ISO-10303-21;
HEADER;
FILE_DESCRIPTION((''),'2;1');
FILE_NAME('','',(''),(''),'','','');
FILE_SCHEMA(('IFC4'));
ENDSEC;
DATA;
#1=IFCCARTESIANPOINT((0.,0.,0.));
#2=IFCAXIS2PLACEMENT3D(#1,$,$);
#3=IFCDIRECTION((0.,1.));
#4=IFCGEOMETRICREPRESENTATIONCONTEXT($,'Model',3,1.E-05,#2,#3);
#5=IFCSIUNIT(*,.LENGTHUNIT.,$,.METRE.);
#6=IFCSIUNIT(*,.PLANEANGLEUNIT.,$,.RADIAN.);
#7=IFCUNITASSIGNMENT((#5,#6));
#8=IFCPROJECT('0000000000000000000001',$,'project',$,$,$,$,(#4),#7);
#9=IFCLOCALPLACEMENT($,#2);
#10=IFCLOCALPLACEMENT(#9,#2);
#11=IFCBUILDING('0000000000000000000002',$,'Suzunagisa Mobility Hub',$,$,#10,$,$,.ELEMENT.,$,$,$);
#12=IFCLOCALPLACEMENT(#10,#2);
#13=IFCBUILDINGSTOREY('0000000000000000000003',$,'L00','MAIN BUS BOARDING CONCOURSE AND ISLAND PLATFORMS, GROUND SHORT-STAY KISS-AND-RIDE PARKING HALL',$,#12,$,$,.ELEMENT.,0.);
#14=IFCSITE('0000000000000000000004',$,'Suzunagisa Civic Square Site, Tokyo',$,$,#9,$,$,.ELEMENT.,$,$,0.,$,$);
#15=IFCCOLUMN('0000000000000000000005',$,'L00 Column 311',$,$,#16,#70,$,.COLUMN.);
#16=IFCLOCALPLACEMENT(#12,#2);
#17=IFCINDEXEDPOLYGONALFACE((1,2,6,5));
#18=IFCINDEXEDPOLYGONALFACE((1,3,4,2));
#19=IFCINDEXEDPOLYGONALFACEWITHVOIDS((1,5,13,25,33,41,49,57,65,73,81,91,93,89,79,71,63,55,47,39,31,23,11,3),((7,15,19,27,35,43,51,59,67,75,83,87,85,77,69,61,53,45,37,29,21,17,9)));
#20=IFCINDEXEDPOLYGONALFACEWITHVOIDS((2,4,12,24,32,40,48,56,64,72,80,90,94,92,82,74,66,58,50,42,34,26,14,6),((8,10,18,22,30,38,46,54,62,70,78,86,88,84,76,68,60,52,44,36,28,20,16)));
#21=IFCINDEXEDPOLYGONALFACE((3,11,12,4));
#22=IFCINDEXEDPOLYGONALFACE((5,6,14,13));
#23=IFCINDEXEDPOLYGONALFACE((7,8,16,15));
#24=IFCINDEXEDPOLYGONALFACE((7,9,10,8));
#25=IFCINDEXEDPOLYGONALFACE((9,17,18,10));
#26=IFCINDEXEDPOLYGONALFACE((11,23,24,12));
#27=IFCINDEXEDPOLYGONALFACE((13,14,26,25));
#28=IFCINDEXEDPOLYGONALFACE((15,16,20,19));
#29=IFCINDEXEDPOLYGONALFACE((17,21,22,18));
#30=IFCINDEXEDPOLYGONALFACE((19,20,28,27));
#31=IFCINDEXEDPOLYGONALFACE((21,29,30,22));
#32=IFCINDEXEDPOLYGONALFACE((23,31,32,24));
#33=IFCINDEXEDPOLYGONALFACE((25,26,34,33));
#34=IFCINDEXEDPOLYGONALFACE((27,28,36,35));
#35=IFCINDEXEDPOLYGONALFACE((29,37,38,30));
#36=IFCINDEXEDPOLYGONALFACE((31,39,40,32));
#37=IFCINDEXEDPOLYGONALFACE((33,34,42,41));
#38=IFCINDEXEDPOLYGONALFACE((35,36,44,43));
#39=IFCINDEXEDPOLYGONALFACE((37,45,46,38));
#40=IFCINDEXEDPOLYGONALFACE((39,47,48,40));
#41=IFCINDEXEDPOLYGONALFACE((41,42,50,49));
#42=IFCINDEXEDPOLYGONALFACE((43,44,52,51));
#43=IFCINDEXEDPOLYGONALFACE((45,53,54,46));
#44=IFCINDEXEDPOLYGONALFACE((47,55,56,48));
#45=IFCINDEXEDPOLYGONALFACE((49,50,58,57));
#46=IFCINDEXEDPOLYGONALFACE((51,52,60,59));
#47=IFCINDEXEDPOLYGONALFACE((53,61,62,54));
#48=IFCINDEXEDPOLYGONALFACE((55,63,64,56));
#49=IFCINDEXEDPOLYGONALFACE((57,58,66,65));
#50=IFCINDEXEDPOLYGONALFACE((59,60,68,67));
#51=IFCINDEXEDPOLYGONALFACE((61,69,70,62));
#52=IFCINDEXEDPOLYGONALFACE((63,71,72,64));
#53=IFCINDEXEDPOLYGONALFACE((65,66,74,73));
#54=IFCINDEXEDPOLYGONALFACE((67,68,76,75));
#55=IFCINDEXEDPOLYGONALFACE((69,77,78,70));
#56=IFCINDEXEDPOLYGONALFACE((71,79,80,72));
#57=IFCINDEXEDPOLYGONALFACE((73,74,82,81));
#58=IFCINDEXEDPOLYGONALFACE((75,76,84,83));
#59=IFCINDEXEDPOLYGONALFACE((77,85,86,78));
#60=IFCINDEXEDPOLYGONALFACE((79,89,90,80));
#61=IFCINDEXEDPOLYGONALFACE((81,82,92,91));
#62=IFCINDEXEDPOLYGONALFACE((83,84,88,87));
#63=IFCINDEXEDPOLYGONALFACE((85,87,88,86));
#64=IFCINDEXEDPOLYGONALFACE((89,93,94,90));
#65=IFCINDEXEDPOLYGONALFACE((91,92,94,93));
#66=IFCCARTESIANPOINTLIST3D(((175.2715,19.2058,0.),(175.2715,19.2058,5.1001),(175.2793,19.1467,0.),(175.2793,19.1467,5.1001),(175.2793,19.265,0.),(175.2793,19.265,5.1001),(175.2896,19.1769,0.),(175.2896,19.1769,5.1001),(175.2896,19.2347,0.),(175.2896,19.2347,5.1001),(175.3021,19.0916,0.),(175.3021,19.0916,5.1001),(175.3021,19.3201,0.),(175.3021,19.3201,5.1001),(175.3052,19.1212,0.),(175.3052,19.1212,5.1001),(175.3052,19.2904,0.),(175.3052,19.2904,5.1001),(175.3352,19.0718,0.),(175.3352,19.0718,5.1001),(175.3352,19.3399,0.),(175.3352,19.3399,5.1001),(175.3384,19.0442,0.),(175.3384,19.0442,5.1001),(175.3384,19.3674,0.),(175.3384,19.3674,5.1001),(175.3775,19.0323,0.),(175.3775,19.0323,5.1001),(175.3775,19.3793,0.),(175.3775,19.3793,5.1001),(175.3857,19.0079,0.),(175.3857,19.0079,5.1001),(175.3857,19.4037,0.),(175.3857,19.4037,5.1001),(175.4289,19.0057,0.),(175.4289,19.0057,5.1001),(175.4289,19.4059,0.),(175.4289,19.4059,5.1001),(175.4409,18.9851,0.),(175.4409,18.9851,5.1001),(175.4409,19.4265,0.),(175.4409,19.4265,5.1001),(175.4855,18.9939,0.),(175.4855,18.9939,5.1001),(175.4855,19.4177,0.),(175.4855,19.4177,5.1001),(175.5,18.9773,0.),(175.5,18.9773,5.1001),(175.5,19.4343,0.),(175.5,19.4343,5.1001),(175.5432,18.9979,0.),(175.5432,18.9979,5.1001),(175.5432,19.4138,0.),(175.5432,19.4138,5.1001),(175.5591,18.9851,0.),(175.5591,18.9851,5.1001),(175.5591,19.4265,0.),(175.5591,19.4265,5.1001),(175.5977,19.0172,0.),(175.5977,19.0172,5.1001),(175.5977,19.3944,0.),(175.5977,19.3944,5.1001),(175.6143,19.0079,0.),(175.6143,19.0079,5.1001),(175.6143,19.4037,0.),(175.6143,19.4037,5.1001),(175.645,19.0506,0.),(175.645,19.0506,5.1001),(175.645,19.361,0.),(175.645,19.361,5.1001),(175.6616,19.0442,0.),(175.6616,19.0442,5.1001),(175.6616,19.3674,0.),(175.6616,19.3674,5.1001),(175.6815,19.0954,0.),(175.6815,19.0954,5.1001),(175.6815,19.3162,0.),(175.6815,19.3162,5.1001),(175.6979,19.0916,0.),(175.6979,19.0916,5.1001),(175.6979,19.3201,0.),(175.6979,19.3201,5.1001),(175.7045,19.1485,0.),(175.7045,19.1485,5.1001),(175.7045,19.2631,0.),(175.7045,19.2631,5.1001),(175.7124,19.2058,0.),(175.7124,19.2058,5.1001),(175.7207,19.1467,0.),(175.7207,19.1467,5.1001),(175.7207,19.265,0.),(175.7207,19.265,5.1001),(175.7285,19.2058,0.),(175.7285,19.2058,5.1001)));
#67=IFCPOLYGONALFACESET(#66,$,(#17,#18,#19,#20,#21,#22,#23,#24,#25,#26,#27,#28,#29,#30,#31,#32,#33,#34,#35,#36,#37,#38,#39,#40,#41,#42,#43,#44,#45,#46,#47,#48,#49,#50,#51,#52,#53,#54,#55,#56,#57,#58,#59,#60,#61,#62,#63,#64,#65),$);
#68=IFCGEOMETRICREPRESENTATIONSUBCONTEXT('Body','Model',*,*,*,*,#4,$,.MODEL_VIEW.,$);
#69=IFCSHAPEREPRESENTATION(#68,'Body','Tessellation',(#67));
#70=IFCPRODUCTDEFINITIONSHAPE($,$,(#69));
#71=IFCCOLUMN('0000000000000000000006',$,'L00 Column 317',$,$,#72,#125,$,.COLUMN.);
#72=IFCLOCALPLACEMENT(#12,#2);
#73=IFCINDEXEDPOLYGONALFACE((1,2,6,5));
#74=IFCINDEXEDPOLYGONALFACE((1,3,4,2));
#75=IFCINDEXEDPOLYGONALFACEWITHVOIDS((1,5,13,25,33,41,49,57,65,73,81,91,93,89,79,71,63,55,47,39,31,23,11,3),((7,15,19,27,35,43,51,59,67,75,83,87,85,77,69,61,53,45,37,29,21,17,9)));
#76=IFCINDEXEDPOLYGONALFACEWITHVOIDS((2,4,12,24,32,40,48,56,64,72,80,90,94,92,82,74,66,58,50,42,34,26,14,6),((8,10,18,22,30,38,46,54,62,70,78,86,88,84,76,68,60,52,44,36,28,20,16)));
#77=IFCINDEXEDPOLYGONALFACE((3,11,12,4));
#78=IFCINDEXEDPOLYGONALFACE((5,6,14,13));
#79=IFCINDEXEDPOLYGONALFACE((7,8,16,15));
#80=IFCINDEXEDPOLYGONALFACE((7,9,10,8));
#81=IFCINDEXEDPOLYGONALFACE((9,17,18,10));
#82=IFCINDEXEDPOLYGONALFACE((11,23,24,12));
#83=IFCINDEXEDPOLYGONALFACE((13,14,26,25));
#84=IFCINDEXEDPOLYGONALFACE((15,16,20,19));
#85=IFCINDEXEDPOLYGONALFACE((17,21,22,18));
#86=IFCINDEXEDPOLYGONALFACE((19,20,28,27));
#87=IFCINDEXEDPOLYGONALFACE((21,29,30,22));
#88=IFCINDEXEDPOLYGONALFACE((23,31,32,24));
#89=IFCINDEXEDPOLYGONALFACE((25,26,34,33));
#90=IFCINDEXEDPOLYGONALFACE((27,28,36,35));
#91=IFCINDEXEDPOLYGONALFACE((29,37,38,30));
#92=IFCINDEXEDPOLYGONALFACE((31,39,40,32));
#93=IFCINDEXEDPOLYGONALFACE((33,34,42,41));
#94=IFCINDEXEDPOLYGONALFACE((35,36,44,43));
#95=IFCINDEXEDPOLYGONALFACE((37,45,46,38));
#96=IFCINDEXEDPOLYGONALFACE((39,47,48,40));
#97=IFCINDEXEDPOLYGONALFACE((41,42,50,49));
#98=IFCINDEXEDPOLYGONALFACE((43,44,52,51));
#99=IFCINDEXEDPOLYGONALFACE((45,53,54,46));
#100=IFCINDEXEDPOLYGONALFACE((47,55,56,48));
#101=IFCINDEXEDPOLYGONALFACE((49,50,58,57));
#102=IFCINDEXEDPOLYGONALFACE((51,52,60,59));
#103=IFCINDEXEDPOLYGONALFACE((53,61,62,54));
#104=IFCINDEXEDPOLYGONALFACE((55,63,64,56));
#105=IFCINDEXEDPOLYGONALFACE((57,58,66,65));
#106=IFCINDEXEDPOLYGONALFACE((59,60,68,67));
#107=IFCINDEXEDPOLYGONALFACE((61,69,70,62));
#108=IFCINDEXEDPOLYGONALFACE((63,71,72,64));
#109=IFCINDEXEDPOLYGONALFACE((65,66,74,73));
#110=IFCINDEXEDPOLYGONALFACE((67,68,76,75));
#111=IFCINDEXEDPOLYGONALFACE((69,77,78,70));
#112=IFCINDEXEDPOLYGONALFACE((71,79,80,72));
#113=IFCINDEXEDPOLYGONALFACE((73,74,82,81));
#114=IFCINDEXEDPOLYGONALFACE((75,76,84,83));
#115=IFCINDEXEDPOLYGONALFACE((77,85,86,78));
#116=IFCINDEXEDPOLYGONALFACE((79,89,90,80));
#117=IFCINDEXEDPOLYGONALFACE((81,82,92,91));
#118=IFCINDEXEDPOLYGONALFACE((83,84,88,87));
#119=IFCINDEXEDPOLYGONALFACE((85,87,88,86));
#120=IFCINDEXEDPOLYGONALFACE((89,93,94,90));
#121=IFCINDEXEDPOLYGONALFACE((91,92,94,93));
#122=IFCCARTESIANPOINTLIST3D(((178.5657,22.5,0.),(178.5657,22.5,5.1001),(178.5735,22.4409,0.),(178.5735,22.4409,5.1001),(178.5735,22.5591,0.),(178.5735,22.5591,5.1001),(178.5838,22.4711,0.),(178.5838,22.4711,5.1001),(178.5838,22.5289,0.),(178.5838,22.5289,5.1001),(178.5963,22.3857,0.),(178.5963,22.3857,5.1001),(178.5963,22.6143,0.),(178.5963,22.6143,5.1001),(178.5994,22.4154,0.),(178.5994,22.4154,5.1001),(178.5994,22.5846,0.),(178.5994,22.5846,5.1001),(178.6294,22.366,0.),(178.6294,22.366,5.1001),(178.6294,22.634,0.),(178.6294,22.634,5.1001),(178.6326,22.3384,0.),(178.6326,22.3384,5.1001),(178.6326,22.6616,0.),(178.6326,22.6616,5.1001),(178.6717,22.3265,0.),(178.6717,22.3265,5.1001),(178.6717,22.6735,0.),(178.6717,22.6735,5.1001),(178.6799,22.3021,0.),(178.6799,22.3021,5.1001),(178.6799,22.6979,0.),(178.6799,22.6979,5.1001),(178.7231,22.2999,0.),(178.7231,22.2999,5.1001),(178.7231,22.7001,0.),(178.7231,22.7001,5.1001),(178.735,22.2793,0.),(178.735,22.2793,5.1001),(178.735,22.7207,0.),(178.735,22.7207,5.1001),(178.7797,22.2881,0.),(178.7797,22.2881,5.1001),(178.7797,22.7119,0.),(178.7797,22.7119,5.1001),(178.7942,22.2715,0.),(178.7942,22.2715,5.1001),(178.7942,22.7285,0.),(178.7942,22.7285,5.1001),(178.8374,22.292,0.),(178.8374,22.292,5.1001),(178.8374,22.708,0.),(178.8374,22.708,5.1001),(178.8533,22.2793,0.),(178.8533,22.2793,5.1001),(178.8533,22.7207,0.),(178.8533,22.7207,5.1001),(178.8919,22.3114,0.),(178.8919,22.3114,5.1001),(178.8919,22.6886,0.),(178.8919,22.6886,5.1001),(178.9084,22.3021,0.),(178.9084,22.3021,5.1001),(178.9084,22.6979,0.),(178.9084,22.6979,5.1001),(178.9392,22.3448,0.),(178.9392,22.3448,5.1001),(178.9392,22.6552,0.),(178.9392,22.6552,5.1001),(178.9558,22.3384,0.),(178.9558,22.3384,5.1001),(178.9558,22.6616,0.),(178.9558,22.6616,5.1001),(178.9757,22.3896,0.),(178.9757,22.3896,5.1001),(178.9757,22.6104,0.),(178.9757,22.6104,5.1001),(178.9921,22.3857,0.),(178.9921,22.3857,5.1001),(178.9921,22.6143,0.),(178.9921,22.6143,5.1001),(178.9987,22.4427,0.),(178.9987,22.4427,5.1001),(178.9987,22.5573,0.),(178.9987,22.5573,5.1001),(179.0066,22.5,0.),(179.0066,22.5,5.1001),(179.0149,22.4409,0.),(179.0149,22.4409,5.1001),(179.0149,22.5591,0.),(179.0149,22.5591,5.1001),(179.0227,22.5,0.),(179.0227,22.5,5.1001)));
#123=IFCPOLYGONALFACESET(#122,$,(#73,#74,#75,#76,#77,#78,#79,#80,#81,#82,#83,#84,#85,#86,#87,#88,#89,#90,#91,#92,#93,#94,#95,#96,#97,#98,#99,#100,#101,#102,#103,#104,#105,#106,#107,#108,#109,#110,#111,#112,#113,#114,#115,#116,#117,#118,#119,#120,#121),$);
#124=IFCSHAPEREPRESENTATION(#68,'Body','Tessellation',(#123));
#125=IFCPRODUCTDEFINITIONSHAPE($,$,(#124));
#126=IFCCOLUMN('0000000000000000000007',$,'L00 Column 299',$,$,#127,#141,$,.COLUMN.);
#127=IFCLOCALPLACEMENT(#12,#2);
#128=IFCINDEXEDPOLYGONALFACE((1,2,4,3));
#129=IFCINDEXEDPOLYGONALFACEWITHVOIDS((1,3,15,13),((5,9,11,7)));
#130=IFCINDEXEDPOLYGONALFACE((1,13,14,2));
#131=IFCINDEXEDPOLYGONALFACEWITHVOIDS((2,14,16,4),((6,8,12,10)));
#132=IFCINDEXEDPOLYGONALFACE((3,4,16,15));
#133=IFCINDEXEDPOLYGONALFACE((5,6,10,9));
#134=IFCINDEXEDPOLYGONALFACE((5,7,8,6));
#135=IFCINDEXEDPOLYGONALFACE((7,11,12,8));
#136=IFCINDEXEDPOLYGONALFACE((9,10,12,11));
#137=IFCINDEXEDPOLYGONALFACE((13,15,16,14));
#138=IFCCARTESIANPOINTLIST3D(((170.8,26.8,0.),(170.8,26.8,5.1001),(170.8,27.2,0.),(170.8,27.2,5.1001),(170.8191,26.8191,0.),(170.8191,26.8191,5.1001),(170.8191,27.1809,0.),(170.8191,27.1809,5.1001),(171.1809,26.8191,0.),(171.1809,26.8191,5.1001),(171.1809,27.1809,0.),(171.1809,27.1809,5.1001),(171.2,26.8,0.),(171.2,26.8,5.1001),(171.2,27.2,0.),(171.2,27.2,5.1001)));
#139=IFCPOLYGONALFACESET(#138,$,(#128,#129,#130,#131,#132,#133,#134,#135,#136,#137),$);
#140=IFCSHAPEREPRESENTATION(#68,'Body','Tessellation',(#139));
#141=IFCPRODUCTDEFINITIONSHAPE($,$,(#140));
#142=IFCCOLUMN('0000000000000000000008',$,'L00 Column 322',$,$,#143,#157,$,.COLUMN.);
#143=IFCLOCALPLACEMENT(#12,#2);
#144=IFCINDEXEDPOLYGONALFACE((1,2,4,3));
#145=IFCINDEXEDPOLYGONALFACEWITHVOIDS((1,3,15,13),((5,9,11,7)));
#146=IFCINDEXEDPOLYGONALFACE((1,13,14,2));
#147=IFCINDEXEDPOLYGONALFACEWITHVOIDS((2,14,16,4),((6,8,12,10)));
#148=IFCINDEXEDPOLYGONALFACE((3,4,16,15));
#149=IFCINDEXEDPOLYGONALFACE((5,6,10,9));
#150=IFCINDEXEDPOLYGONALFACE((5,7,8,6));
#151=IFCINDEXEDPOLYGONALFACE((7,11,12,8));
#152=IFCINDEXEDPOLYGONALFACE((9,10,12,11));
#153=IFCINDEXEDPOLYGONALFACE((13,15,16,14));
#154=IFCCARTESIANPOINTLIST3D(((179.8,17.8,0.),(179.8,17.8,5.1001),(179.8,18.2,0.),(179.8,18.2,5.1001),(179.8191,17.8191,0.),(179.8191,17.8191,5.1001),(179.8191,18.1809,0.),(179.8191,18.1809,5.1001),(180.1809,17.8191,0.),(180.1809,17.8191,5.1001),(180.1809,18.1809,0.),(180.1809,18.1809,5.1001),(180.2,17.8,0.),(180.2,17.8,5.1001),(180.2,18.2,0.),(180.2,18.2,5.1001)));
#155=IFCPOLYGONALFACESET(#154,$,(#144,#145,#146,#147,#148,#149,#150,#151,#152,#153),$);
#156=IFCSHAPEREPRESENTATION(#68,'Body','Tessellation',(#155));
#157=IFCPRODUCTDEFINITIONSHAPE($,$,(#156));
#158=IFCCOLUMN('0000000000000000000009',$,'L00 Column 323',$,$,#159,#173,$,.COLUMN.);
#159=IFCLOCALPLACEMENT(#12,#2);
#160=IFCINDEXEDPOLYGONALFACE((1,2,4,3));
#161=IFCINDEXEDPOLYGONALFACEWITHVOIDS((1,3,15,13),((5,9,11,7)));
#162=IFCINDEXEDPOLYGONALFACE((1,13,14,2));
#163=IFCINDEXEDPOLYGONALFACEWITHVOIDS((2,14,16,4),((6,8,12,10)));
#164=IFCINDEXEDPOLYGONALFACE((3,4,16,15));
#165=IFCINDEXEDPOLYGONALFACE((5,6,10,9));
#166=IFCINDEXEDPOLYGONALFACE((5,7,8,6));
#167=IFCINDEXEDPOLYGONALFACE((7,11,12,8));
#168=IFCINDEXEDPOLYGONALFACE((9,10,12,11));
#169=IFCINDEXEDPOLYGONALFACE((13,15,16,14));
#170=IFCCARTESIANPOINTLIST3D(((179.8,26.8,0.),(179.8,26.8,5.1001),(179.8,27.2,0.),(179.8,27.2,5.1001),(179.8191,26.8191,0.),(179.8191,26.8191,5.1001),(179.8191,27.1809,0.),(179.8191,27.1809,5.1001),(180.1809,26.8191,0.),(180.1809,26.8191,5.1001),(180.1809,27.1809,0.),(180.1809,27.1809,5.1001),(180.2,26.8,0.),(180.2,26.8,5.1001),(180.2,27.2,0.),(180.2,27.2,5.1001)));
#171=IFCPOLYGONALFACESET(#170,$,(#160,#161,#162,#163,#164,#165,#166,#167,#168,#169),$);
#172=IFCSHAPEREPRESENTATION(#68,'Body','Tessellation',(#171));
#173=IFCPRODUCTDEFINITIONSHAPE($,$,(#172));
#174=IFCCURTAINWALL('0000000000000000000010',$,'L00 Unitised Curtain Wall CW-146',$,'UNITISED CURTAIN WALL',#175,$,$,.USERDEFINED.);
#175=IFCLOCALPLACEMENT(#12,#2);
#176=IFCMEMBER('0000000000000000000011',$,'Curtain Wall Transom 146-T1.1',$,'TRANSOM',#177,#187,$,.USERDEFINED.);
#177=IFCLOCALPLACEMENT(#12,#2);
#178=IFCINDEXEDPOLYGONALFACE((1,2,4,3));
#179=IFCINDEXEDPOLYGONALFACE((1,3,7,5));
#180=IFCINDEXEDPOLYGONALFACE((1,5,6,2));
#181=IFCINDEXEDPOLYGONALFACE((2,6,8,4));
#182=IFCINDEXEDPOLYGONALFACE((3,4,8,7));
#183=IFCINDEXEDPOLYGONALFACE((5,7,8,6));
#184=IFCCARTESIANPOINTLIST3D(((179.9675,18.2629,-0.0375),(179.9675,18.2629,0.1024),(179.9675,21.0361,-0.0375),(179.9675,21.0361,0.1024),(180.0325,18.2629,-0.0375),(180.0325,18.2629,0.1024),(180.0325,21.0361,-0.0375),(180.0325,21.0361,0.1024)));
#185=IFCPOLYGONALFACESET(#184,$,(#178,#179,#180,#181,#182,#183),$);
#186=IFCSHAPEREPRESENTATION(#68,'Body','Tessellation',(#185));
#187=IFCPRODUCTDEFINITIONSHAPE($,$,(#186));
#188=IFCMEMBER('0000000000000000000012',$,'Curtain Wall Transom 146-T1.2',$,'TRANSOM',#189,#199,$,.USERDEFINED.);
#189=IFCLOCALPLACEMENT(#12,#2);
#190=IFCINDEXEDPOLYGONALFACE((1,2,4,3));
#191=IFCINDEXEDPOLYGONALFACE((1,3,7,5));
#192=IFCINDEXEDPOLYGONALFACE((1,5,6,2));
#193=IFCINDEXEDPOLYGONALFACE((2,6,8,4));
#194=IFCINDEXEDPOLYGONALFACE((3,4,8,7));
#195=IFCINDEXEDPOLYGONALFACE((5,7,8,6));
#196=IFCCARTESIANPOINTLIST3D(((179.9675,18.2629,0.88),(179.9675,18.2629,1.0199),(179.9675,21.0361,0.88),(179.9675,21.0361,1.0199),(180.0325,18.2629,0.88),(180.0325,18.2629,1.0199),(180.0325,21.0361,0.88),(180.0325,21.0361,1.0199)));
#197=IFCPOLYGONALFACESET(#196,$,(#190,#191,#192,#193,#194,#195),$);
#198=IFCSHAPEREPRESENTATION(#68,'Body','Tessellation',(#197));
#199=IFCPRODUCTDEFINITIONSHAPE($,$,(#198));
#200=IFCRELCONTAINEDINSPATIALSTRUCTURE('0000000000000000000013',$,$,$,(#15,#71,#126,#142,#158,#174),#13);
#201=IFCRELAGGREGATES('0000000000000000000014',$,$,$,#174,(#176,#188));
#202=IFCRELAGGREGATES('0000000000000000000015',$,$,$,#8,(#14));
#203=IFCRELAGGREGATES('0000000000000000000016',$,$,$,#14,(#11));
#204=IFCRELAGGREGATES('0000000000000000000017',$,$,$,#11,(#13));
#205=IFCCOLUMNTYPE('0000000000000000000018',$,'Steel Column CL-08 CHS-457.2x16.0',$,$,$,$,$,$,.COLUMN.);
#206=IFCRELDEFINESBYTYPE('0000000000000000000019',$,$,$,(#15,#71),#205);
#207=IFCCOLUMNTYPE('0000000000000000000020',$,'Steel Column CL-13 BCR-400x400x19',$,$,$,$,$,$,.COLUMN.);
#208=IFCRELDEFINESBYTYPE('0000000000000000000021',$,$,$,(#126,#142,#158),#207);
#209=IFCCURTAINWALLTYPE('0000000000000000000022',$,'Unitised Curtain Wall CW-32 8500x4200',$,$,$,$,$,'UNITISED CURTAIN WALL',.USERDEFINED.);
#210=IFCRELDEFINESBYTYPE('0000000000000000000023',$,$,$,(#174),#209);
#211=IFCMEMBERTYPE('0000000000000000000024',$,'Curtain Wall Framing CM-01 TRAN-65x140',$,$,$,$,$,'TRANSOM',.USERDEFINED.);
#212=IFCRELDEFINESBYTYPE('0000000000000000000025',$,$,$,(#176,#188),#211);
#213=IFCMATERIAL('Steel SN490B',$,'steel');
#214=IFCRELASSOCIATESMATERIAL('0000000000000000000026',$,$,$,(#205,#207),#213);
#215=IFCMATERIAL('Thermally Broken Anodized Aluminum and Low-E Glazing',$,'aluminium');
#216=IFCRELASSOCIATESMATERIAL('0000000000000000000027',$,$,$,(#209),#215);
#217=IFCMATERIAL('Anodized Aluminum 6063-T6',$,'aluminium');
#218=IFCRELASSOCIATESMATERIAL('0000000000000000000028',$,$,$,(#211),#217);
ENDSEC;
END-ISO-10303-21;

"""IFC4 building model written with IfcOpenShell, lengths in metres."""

from ifc_helpers import new_model, si_unit, direction, frame, origin, origin_2d, place, context, subcontext, project, spatial, rectangle, hollow_rectangle, hollow_circle, extrude, material, material_profile, profile_set, type_object, element, aggregate, save


model = new_model("IFC4")

# Units and contexts
model_context = context("Model", 3, precision=1e-05, world=origin(), true_north=direction((0.0, 1.0)))
body_context = subcontext(model_context, "Body", "Model", "MODEL_VIEW")
ifc_project = project(units=[si_unit("LENGTHUNIT", "METRE"), si_unit("PLANEANGLEUNIT", "RADIAN")], contexts=[model_context])

# Site, building, storey
site_placement = place(None, origin())
site = spatial("IfcSite", under=ifc_project, at=site_placement, Name="Suzunagisa Civic Square Site, Tokyo", CompositionType="ELEMENT", RefElevation=0.0)
building_placement = place(site_placement, origin())
building = spatial("IfcBuilding", under=site, at=building_placement, Name="Suzunagisa Mobility Hub", CompositionType="ELEMENT")
storey_placement = place(building_placement, origin())
storey = spatial("IfcBuildingStorey", under=building, at=storey_placement, Name="L00", Description="MAIN BUS BOARDING CONCOURSE AND ISLAND PLATFORMS, GROUND SHORT-STAY KISS-AND-RIDE PARKING HALL", CompositionType="ELEMENT", Elevation=0.0)

# Columns
ifc_material_1 = material(Name="Steel SN490B", Category="steel")
ifc_material_profile_1 = material_profile(ifc_material_1, hollow_circle(Radius=0.2285, WallThickness=0.0161, at=origin_2d()), Name="CHS-457.2x16.0")
ifc_profile_set_1 = profile_set([ifc_material_profile_1], Name="Steel SN490B")
column_type_1 = type_object("IfcColumnType", Name="Steel Column CL-08 CHS-457.2x16.0", PredefinedType="COLUMN", material=ifc_profile_set_1)
for number, where, z_axis, x_axis, name in (
    (1, (175.5, 19.2058, 0.0), (0.0, 0.0, 1.0), (1.0, 0.0, 0.0), "L00 Column 311"),
    (2, (178.7942, 22.5, 0.0), (0.0, 0.0, 1.0), (1.0, 0.0, 0.0), "L00 Column 317"),
):
    element("IfcColumn", number, at=place(storey_placement, frame(where, z_axis=z_axis, x_axis=x_axis)), inside=storey, type_object=column_type_1, Name=name, PredefinedType="COLUMN", context=body_context, shape_type="SweptSolid", body=[
        extrude(hollow_circle(Radius=0.2285, WallThickness=0.0161, at=origin_2d()), origin(), (0.0, 0.0, 1.0), 5.1001),
    ])
ifc_material_profile_2 = material_profile(ifc_material_1, hollow_rectangle(XDim=0.3999, YDim=0.3999, WallThickness=0.019, at=origin_2d()), Name="BCR-400x400x19")
ifc_profile_set_2 = profile_set([ifc_material_profile_2], Name="Steel SN490B")
column_type_2 = type_object("IfcColumnType", Name="Steel Column CL-13 BCR-400x400x19", PredefinedType="COLUMN", material=ifc_profile_set_2)
for number, where, z_axis, x_axis, name in (
    (3, (171.0, 27.0, 0.0), (0.0, 0.0, 1.0), (1.0, 0.0, 0.0), "L00 Column 299"),
    (4, (180.0, 18.0, 0.0), (0.0, 0.0, 1.0), (1.0, 0.0, 0.0), "L00 Column 322"),
    (5, (180.0, 27.0, 0.0), (0.0, 0.0, 1.0), (1.0, 0.0, 0.0), "L00 Column 323"),
):
    element("IfcColumn", number, at=place(storey_placement, frame(where, z_axis=z_axis, x_axis=x_axis)), inside=storey, type_object=column_type_2, Name=name, PredefinedType="COLUMN", context=body_context, shape_type="SweptSolid", body=[
        extrude(hollow_rectangle(XDim=0.3999, YDim=0.3999, WallThickness=0.019, at=origin_2d()), origin(), (0.0, 0.0, 1.0), 5.1001),
    ])

# Curtain wall, members
ifc_material_2 = material(Name="Thermally Broken Anodized Aluminum and Low-E Glazing", Category="aluminium")
curtain_wall_type = type_object("IfcCurtainWallType", Name="Unitised Curtain Wall CW-32 8500x4200", ElementType="UNITISED CURTAIN WALL", PredefinedType="USERDEFINED", material=ifc_material_2)
curtain_wall_placement = place(storey_placement, origin())
curtain_wall = element("IfcCurtainWall", 6, at=curtain_wall_placement, inside=storey, type_object=curtain_wall_type, Name="L00 Unitised Curtain Wall CW-146", ObjectType="UNITISED CURTAIN WALL", PredefinedType="USERDEFINED")
ifc_material_3 = material(Name="Anodized Aluminum 6063-T6", Category="aluminium")
ifc_material_profile_3 = material_profile(ifc_material_3, rectangle(XDim=0.0649, YDim=0.1399, at=origin_2d()), Name="TRAN-65x140")
ifc_profile_set_3 = profile_set([ifc_material_profile_3], Name="Anodized Aluminum 6063-T6")
member_type_1 = type_object("IfcMemberType", Name="Curtain Wall Framing CM-01 TRAN-65x140", ElementType="TRANSOM", PredefinedType="USERDEFINED", material=ifc_profile_set_3)
member_1_placement = place(storey_placement, frame((180.0, 18.2629, 0.0325), z_axis=(0.0, 1.0, 0.0), x_axis=(-1.0, 0.0, 0.0)))
member_1 = element("IfcMember", 7, at=member_1_placement, type_object=member_type_1, Name="Curtain Wall Transom 146-T1.1", ObjectType="TRANSOM", PredefinedType="USERDEFINED", context=body_context, shape_type="SweptSolid", body=[
    extrude(rectangle(XDim=0.0649, YDim=0.1399, at=origin_2d()), origin(), (0.0, 0.0, 1.0), 2.7732),
])
member_2_placement = place(storey_placement, frame((180.0, 18.2629, 0.95), z_axis=(0.0, 1.0, 0.0), x_axis=(-1.0, 0.0, 0.0)))
member_2 = element("IfcMember", 8, at=member_2_placement, type_object=member_type_1, Name="Curtain Wall Transom 146-T1.2", ObjectType="TRANSOM", PredefinedType="USERDEFINED", context=body_context, shape_type="SweptSolid", body=[
    extrude(rectangle(XDim=0.0649, YDim=0.1399, at=origin_2d()), origin(), (0.0, 0.0, 1.0), 2.7732),
])

aggregate(curtain_wall, [member_1, member_2])

save(model, "model.ifc")
